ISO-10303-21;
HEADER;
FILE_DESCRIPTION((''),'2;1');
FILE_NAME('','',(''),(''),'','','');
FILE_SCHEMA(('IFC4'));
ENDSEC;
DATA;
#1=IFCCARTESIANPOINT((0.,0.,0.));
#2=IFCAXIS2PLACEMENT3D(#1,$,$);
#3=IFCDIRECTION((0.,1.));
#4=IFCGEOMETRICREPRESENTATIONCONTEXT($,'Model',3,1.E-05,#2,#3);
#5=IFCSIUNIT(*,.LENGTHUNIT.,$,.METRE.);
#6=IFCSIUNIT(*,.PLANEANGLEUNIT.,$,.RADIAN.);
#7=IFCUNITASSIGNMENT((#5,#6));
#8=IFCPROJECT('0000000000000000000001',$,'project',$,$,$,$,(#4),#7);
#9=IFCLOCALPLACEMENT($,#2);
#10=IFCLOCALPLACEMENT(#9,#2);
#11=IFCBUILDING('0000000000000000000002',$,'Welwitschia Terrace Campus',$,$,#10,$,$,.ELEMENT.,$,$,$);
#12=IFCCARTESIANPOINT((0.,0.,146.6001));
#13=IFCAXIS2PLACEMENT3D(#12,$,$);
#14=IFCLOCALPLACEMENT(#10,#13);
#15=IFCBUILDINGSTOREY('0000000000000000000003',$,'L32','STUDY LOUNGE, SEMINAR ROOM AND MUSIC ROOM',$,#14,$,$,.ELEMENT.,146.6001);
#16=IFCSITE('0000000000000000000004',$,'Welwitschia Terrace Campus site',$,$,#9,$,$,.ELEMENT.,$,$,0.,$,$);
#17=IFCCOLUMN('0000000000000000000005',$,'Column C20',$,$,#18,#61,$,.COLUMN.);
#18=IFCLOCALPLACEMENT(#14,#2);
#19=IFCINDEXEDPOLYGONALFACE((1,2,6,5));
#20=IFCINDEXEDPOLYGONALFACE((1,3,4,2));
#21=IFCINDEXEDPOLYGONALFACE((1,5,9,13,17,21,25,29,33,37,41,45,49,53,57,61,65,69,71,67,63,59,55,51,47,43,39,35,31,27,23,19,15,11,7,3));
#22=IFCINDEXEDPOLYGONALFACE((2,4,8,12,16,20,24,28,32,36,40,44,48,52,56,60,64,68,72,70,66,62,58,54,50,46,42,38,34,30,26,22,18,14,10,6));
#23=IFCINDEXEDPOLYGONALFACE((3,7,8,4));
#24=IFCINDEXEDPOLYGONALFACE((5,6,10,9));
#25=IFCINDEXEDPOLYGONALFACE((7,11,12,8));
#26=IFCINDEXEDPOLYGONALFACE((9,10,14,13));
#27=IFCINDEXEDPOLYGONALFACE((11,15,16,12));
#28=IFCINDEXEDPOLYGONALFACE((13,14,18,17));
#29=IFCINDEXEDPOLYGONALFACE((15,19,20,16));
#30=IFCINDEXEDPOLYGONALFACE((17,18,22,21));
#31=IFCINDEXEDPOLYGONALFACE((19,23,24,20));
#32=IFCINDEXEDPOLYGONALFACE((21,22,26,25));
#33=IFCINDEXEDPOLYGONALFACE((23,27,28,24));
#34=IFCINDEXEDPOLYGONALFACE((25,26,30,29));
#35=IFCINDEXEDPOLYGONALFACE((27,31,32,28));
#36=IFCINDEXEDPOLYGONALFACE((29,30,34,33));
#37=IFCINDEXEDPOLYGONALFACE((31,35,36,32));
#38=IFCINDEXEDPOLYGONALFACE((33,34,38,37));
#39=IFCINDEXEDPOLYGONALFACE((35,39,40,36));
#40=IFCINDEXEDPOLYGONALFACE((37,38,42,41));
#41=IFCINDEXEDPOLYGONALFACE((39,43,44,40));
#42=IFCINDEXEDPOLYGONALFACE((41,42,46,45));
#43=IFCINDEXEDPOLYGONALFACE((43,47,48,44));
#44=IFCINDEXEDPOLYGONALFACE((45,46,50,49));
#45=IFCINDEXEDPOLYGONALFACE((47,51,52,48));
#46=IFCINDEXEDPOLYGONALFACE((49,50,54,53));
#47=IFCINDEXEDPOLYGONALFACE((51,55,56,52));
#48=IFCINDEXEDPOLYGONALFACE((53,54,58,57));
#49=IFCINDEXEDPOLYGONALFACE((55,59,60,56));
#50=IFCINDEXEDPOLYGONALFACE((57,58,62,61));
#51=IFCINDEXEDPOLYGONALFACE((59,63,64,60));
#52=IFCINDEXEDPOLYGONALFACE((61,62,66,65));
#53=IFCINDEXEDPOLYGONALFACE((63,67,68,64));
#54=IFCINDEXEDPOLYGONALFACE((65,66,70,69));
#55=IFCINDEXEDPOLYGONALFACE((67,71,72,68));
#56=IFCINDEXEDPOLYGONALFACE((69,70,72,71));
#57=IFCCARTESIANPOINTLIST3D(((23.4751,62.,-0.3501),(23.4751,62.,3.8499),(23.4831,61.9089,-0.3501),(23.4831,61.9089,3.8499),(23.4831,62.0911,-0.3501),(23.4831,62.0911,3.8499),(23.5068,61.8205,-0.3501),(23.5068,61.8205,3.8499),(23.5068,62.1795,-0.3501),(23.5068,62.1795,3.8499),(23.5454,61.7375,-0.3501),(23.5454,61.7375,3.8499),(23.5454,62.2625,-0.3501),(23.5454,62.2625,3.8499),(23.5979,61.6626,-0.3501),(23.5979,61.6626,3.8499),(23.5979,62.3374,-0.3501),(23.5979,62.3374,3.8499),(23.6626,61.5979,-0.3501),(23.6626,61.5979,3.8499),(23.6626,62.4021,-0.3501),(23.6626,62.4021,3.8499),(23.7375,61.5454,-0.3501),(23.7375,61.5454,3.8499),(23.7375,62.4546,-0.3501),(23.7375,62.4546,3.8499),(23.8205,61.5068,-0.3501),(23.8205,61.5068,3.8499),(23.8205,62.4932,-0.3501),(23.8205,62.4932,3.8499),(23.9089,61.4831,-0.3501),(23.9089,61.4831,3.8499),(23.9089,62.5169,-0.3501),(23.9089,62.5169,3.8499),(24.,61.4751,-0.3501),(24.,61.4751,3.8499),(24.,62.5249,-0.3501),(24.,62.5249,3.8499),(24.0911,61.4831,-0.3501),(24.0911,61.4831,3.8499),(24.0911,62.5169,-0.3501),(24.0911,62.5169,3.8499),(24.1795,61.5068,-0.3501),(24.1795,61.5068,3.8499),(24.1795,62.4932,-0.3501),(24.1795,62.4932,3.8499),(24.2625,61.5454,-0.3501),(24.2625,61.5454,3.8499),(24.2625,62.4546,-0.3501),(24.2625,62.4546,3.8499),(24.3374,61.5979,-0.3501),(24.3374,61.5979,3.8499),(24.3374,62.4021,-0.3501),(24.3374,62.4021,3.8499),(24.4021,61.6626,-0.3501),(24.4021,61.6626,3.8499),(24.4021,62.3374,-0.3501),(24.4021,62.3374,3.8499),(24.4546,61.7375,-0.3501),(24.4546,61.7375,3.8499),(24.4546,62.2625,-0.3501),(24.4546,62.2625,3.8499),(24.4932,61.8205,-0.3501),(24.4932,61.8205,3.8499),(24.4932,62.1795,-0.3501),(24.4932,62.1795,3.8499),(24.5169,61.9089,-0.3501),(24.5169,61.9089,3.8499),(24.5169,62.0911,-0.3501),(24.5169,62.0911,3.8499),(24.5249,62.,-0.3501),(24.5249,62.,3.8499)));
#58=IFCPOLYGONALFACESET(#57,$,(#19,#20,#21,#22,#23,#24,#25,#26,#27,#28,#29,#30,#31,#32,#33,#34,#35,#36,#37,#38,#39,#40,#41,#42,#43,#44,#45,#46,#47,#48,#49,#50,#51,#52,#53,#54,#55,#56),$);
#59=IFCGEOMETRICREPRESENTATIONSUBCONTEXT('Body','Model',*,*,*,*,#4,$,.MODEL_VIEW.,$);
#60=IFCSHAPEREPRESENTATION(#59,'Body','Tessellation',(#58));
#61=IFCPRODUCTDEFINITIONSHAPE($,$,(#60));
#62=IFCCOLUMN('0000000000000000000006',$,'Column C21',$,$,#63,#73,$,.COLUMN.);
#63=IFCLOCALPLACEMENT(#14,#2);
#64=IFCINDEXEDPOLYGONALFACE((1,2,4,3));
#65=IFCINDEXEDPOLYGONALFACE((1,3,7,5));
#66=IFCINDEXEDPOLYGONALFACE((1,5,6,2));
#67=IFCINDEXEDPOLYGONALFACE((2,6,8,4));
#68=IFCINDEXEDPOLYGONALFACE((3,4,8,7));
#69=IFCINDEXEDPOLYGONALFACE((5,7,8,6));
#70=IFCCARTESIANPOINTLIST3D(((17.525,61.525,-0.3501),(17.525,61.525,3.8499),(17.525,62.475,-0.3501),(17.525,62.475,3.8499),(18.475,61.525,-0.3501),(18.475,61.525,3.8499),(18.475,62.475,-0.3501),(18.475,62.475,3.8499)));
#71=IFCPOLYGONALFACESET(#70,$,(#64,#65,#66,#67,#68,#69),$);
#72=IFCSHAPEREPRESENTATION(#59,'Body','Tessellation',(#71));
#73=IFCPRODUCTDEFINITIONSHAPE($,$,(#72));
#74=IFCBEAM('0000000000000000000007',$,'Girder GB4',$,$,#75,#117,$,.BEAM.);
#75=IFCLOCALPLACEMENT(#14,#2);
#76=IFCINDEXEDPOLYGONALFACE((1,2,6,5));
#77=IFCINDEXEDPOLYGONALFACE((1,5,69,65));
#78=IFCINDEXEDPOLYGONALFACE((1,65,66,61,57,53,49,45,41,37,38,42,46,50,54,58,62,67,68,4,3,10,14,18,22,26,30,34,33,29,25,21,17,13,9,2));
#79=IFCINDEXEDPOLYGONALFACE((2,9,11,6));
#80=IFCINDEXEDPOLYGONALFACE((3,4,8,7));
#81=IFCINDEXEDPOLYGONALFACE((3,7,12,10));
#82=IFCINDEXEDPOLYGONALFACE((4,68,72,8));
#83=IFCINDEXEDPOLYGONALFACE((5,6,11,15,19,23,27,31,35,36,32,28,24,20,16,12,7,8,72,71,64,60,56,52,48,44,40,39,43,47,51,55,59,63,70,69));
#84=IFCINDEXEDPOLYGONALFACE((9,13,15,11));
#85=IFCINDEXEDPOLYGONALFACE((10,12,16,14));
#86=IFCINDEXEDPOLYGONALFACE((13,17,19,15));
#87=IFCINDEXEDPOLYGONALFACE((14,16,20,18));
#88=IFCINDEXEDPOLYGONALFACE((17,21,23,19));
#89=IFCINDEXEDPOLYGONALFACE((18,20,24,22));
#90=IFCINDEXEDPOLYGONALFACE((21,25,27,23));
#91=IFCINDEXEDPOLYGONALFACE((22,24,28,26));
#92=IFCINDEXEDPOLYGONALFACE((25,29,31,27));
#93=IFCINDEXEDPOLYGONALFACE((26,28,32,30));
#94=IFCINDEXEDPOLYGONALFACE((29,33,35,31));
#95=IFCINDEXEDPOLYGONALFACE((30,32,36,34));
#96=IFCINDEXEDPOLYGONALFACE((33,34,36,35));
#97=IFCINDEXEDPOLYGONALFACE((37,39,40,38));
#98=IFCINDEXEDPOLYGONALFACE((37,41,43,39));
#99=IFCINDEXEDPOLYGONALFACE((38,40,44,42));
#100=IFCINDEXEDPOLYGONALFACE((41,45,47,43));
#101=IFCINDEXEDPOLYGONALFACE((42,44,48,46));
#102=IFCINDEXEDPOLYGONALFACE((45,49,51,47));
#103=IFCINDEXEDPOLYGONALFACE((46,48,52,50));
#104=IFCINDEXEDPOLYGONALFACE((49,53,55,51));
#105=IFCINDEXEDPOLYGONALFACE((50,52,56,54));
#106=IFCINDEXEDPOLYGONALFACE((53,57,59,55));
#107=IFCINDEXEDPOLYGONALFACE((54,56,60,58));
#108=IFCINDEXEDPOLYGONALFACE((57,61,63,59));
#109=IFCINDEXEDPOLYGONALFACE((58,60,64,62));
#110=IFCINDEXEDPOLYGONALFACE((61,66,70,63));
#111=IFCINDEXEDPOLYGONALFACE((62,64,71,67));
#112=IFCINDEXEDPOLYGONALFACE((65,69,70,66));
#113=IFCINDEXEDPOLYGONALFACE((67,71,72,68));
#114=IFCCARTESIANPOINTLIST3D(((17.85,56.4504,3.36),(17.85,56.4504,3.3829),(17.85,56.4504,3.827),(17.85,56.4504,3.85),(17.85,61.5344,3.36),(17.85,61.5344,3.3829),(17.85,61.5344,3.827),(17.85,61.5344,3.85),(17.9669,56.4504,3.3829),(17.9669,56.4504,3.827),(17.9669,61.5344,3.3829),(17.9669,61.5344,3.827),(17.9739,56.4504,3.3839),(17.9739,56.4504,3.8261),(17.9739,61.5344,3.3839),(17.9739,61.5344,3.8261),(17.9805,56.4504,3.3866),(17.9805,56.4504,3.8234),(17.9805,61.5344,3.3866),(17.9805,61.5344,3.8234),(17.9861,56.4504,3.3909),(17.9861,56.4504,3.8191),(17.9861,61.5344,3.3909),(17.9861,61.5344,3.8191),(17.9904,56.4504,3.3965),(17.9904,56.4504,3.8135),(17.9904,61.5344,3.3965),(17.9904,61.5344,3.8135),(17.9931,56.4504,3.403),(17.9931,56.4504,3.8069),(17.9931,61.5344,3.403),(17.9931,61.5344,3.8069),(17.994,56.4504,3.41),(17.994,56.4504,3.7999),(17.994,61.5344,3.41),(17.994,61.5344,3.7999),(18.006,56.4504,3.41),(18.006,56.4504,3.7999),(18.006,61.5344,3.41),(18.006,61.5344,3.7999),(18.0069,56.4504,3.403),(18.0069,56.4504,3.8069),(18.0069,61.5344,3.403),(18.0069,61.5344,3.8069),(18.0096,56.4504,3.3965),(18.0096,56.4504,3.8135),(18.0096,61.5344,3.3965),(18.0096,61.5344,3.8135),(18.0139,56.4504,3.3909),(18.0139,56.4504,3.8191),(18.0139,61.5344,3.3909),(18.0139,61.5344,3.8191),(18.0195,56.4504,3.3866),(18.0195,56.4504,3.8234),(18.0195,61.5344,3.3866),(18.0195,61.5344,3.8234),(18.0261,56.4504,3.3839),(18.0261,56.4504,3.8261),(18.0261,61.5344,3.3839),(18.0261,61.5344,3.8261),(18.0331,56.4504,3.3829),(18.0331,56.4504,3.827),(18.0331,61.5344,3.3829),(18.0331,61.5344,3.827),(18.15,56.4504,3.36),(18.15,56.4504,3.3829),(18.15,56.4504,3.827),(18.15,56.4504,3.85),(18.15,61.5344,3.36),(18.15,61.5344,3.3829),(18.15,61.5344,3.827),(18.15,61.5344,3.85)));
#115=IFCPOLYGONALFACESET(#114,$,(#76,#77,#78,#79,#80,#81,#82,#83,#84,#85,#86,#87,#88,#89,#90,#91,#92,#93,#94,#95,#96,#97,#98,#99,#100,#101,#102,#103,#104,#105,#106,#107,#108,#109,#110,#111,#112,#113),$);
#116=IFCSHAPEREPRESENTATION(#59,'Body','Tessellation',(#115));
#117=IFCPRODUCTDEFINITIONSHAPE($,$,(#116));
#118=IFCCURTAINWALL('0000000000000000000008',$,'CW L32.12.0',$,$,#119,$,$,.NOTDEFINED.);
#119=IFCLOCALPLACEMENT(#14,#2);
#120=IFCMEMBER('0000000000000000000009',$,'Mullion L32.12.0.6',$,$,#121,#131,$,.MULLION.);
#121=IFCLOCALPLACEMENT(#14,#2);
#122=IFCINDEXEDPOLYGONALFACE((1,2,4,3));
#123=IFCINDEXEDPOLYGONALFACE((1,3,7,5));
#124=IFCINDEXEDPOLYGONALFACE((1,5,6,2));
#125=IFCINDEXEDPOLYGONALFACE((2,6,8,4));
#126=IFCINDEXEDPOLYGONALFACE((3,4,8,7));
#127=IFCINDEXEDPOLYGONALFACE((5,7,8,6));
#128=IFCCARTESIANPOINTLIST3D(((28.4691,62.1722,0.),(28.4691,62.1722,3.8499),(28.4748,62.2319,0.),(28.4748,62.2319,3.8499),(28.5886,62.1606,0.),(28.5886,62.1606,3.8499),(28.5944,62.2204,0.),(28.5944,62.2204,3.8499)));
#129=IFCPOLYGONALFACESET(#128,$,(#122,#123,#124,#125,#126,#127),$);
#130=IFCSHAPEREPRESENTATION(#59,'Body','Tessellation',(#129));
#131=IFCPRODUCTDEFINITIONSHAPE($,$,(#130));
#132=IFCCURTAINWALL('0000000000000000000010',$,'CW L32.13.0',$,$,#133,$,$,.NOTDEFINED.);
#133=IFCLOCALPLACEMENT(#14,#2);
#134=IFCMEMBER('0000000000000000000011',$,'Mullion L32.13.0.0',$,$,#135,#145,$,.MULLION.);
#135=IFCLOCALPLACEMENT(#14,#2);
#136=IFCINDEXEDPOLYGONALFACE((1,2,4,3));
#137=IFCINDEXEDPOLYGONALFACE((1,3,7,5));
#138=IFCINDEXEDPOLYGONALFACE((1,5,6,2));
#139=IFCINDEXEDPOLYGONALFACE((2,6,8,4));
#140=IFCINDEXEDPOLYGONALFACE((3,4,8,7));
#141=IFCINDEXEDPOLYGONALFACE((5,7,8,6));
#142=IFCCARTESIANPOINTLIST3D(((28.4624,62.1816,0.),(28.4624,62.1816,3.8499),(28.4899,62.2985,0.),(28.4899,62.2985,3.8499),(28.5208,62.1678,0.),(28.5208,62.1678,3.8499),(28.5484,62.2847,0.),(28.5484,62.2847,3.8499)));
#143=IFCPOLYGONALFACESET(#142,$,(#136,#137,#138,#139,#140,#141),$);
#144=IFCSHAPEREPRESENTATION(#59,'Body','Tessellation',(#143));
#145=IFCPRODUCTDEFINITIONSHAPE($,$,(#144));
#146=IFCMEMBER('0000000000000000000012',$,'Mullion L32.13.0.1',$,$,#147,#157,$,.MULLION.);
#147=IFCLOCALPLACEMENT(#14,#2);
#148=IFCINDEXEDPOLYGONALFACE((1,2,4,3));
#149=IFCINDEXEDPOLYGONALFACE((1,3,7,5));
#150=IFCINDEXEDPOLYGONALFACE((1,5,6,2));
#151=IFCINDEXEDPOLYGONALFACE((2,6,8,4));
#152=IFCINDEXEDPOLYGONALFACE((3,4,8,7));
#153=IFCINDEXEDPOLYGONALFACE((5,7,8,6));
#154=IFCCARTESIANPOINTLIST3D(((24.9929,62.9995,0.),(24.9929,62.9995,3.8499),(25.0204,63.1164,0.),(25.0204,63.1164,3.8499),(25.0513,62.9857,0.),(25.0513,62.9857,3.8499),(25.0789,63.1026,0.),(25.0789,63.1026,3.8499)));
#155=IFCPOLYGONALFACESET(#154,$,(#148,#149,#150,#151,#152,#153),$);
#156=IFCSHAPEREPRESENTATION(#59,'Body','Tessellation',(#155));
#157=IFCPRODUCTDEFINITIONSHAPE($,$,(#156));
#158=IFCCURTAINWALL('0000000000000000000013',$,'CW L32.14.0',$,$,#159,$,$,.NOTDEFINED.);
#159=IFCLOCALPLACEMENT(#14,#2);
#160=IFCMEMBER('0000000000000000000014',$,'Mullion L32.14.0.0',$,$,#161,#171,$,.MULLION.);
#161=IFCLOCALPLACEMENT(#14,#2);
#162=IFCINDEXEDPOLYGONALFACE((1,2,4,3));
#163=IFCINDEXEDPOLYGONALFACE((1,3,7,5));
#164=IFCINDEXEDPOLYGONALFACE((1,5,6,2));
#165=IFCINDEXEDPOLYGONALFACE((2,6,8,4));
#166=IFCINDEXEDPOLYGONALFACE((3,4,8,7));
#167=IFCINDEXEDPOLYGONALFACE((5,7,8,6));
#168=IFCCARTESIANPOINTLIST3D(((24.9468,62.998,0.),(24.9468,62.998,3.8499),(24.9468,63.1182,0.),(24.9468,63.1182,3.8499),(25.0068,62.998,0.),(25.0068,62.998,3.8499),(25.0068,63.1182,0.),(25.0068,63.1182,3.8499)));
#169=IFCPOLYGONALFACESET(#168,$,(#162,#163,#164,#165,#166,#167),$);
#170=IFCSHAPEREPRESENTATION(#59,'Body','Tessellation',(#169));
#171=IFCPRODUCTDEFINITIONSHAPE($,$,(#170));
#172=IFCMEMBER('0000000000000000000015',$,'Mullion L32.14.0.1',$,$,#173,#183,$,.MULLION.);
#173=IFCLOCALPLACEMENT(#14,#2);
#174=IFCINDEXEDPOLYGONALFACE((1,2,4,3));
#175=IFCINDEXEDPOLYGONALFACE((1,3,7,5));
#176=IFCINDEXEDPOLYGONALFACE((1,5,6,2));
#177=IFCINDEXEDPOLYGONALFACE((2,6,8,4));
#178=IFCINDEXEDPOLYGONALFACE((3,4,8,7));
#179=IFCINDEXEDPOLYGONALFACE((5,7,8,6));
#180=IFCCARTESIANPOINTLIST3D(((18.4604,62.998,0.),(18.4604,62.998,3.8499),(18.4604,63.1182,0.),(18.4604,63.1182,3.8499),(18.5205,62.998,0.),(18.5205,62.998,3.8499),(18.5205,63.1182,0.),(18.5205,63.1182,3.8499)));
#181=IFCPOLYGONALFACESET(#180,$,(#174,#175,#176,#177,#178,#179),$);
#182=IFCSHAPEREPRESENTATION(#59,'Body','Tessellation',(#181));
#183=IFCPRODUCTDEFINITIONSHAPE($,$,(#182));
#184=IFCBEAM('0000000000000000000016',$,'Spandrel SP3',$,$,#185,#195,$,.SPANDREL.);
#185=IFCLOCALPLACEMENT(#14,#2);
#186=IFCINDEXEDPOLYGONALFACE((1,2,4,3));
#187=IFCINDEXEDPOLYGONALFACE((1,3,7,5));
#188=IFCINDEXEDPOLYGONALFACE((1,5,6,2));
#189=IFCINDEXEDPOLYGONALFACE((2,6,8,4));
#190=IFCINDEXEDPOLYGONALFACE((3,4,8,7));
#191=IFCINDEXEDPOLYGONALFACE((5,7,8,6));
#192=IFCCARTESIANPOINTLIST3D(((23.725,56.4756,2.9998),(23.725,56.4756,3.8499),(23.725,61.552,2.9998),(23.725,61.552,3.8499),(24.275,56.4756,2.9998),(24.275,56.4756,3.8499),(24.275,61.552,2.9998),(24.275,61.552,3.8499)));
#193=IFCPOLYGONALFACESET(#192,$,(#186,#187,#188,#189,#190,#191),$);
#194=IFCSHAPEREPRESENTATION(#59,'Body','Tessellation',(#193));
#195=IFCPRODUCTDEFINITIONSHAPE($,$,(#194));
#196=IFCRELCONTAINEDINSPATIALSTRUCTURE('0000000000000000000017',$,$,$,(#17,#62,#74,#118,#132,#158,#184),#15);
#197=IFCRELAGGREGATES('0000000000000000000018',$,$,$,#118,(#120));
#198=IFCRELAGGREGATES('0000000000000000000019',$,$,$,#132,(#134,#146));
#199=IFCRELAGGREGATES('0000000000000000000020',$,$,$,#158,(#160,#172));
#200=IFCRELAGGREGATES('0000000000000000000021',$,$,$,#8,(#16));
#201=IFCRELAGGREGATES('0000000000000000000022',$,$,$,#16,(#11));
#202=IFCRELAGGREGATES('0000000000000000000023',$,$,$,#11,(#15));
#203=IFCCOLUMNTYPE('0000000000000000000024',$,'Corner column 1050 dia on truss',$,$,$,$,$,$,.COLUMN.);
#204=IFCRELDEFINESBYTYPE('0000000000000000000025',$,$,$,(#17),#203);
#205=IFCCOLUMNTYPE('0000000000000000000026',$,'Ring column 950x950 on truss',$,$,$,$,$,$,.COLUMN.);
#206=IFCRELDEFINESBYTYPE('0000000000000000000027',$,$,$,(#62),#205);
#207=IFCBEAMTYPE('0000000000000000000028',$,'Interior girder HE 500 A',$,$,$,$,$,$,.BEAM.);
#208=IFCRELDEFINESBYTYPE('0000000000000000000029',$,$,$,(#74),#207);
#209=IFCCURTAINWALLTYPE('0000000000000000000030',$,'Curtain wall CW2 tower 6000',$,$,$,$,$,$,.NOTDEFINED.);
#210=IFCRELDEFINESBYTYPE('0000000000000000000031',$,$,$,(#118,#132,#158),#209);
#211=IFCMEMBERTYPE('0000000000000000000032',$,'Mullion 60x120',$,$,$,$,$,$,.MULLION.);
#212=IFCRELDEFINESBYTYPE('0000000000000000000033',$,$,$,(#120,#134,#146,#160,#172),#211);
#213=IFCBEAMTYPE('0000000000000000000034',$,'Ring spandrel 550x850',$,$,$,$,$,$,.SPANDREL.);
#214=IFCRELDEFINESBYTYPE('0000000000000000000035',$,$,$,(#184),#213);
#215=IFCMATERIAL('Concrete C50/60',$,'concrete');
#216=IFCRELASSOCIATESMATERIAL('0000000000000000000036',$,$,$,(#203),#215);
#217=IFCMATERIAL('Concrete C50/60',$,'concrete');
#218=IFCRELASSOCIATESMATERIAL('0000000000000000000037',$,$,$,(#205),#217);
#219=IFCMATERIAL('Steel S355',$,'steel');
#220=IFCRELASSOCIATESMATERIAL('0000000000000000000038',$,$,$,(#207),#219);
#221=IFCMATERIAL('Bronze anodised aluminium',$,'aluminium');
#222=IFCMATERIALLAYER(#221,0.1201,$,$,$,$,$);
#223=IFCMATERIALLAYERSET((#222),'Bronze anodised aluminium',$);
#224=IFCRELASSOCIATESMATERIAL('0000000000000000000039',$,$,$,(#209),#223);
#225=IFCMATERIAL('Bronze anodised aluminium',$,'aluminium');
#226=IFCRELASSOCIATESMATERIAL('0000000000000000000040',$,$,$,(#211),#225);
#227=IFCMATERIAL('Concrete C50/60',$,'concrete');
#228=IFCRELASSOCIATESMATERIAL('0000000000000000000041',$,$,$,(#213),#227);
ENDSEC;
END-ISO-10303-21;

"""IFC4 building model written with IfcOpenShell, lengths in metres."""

from ifc_helpers import new_model, si_unit, direction, frame, origin, origin_2d, place, context, subcontext, project, spatial, rectangle, circle, i_section, extrude, material, layer, layer_set, material_profile, profile_set, type_object, element, aggregate, save


model = new_model("IFC4")

# Units and contexts
model_context = context("Model", 3, precision=1e-05, world=origin(), true_north=direction((0.0, 1.0)))
body_context = subcontext(model_context, "Body", "Model", "MODEL_VIEW")
ifc_project = project(units=[si_unit("LENGTHUNIT", "METRE"), si_unit("PLANEANGLEUNIT", "RADIAN")], contexts=[model_context])

# Site, building, storey
site_placement = place(None, origin())
site = spatial("IfcSite", under=ifc_project, at=site_placement, Name="Welwitschia Terrace Campus site", CompositionType="ELEMENT", RefElevation=0.0)
building_placement = place(site_placement, origin())
building = spatial("IfcBuilding", under=site, at=building_placement, Name="Welwitschia Terrace Campus", CompositionType="ELEMENT")
storey_placement = place(building_placement, frame((0.0, 0.0, 146.6001)))
storey = spatial("IfcBuildingStorey", under=building, at=storey_placement, Name="L32", Description="STUDY LOUNGE, SEMINAR ROOM AND MUSIC ROOM", CompositionType="ELEMENT", Elevation=146.6001)

# Columns
ifc_material_1 = material(Name="Concrete C50/60", Category="concrete")
ifc_material_profile_1 = material_profile(ifc_material_1, circle(Radius=0.5249, at=origin_2d()))
ifc_profile_set_1 = profile_set([ifc_material_profile_1], Name="Concrete C50/60")
column_type_1 = type_object("IfcColumnType", Name="Corner column 1050 dia on truss", PredefinedType="COLUMN", material=ifc_profile_set_1)
column_1_placement = place(storey_placement, frame((24.0, 62.0, -0.3501), z_axis=(0.0, 0.0, 1.0), x_axis=(1.0, 0.0, 0.0)))
element("IfcColumn", 1, at=column_1_placement, inside=storey, type_object=column_type_1, Name="Column C20", PredefinedType="COLUMN", context=body_context, shape_type="SweptSolid", body=[
    extrude(circle(Radius=0.5249, at=origin_2d()), origin(), (0.0, 0.0, 1.0), 4.2),
])
ifc_material_2 = material(Name="Concrete C50/60", Category="concrete")
ifc_material_profile_2 = material_profile(ifc_material_2, rectangle(XDim=0.95, YDim=0.95, at=origin_2d()))
ifc_profile_set_2 = profile_set([ifc_material_profile_2], Name="Concrete C50/60")
column_type_2 = type_object("IfcColumnType", Name="Ring column 950x950 on truss", PredefinedType="COLUMN", material=ifc_profile_set_2)
column_2_placement = place(storey_placement, frame((18.0, 62.0, -0.3501), z_axis=(0.0, 0.0, 1.0), x_axis=(1.0, 0.0, 0.0)))
element("IfcColumn", 2, at=column_2_placement, inside=storey, type_object=column_type_2, Name="Column C21", PredefinedType="COLUMN", context=body_context, shape_type="SweptSolid", body=[
    extrude(rectangle(XDim=0.95, YDim=0.95, at=origin_2d()), origin(), (0.0, 0.0, 1.0), 4.2),
])

# Beam
ifc_material_3 = material(Name="Steel S355", Category="steel")
ifc_material_profile_3 = material_profile(ifc_material_3, i_section(OverallWidth=0.3, OverallDepth=0.49, WebThickness=0.012, FlangeThickness=0.0229, FilletRadius=0.0271, at=origin_2d()))
ifc_profile_set_3 = profile_set([ifc_material_profile_3], Name="Steel S355")
beam_type_1 = type_object("IfcBeamType", Name="Interior girder HE 500 A", PredefinedType="BEAM", material=ifc_profile_set_3)
beam_1_placement = place(storey_placement, frame((18.0, 56.4504, 3.605), z_axis=(0.0, 1.0, 0.0), x_axis=(-1.0, 0.0, 0.0)))
element("IfcBeam", 3, at=beam_1_placement, inside=storey, type_object=beam_type_1, Name="Girder GB4", PredefinedType="BEAM", context=body_context, shape_type="SweptSolid", body=[
    extrude(i_section(OverallWidth=0.3, OverallDepth=0.49, WebThickness=0.012, FlangeThickness=0.0229, FilletRadius=0.0271, at=origin_2d()), origin(), (0.0, 0.0, 1.0), 5.084),
])

# Curtain wall, member
ifc_material_4 = material(Name="Bronze anodised aluminium", Category="aluminium")
ifc_layer_1 = layer(ifc_material_4, 0.1201)
ifc_layer_set_1 = layer_set([ifc_layer_1], Name="Bronze anodised aluminium")
curtain_wall_type = type_object("IfcCurtainWallType", Name="Curtain wall CW2 tower 6000", PredefinedType="NOTDEFINED", material=ifc_layer_set_1)
curtain_wall_1_placement = place(storey_placement, origin())
curtain_wall_1 = element("IfcCurtainWall", 4, at=curtain_wall_1_placement, inside=storey, type_object=curtain_wall_type, Name="CW L32.12.0", PredefinedType="NOTDEFINED")
ifc_material_5 = material(Name="Bronze anodised aluminium", Category="aluminium")
ifc_material_profile_4 = material_profile(ifc_material_5, rectangle(XDim=0.1201, YDim=0.0601, at=origin_2d()))
ifc_profile_set_4 = profile_set([ifc_material_profile_4], Name="Bronze anodised aluminium")
member_type_1 = type_object("IfcMemberType", Name="Mullion 60x120", PredefinedType="MULLION", material=ifc_profile_set_4)
member_1_placement = place(storey_placement, frame((28.5317, 62.1963, 0.0), z_axis=(0.0, 0.0, 1.0), x_axis=(-0.995396, 0.095846, 0.0)))
member_1 = element("IfcMember", 5, at=member_1_placement, type_object=member_type_1, Name="Mullion L32.12.0.6", PredefinedType="MULLION", context=body_context, shape_type="SweptSolid", body=[
    extrude(rectangle(XDim=0.1201, YDim=0.0601, at=origin_2d()), origin(), (0.0, 0.0, 1.0), 3.8499),
])

# Curtain walls, members
curtain_wall_2_placement = place(storey_placement, origin())
curtain_wall_2 = element("IfcCurtainWall", 6, at=curtain_wall_2_placement, inside=storey, type_object=curtain_wall_type, Name="CW L32.13.0", PredefinedType="NOTDEFINED")
member_2_placement = place(storey_placement, frame((28.5054, 62.2332, 0.0), z_axis=(0.0, 0.0, 1.0), x_axis=(-0.229499, -0.973309, 0.0)))
member_2 = element("IfcMember", 7, at=member_2_placement, type_object=member_type_1, Name="Mullion L32.13.0.0", PredefinedType="MULLION", context=body_context, shape_type="SweptSolid", body=[
    extrude(rectangle(XDim=0.1201, YDim=0.0601, at=origin_2d()), origin(), (0.0, 0.0, 1.0), 3.8499),
])
member_3_placement = place(storey_placement, frame((25.0359, 63.051, 0.0), z_axis=(0.0, 0.0, 1.0), x_axis=(-0.229499, -0.973309, 0.0)))
member_3 = element("IfcMember", 8, at=member_3_placement, type_object=member_type_1, Name="Mullion L32.13.0.1", PredefinedType="MULLION", context=body_context, shape_type="SweptSolid", body=[
    extrude(rectangle(XDim=0.1201, YDim=0.0601, at=origin_2d()), origin(), (0.0, 0.0, 1.0), 3.8499),
])
curtain_wall_3_placement = place(storey_placement, origin())
curtain_wall_3 = element("IfcCurtainWall", 9, at=curtain_wall_3_placement, inside=storey, type_object=curtain_wall_type, Name="CW L32.14.0", PredefinedType="NOTDEFINED")
member_4_placement = place(storey_placement, frame((24.9768, 63.0581, 0.0), z_axis=(0.0, 0.0, 1.0), x_axis=(0.0, -1.0, 0.0)))
member_4 = element("IfcMember", 10, at=member_4_placement, type_object=member_type_1, Name="Mullion L32.14.0.0", PredefinedType="MULLION", context=body_context, shape_type="SweptSolid", body=[
    extrude(rectangle(XDim=0.1201, YDim=0.0601, at=origin_2d()), origin(), (0.0, 0.0, 1.0), 3.8499),
])
member_5_placement = place(storey_placement, frame((18.4905, 63.0581, 0.0), z_axis=(0.0, 0.0, 1.0), x_axis=(0.0, -1.0, 0.0)))
member_5 = element("IfcMember", 11, at=member_5_placement, type_object=member_type_1, Name="Mullion L32.14.0.1", PredefinedType="MULLION", context=body_context, shape_type="SweptSolid", body=[
    extrude(rectangle(XDim=0.1201, YDim=0.0601, at=origin_2d()), origin(), (0.0, 0.0, 1.0), 3.8499),
])

# Beam
ifc_material_6 = material(Name="Concrete C50/60", Category="concrete")
ifc_material_profile_5 = material_profile(ifc_material_6, rectangle(XDim=0.55, YDim=0.8501, at=origin_2d()))
ifc_profile_set_5 = profile_set([ifc_material_profile_5], Name="Concrete C50/60")
beam_type_2 = type_object("IfcBeamType", Name="Ring spandrel 550x850", PredefinedType="SPANDREL", material=ifc_profile_set_5)
for number, where, z_axis, x_axis, name in (
    (12, (24.0, 56.4756, 3.4248), (0.0, 1.0, 0.0), (-1.0, 0.0, 0.0), "Spandrel SP3"),
):
    element("IfcBeam", number, at=place(storey_placement, frame(where, z_axis=z_axis, x_axis=x_axis)), inside=storey, type_object=beam_type_2, Name=name, PredefinedType="SPANDREL", context=body_context, shape_type="SweptSolid", body=[
        extrude(rectangle(XDim=0.55, YDim=0.8501, at=origin_2d()), origin(), (0.0, 0.0, 1.0), 5.0764),
    ])

aggregate(curtain_wall_1, [member_1])
aggregate(curtain_wall_2, [member_2, member_3])
aggregate(curtain_wall_3, [member_4, member_5])

save(model, "model.ifc")
